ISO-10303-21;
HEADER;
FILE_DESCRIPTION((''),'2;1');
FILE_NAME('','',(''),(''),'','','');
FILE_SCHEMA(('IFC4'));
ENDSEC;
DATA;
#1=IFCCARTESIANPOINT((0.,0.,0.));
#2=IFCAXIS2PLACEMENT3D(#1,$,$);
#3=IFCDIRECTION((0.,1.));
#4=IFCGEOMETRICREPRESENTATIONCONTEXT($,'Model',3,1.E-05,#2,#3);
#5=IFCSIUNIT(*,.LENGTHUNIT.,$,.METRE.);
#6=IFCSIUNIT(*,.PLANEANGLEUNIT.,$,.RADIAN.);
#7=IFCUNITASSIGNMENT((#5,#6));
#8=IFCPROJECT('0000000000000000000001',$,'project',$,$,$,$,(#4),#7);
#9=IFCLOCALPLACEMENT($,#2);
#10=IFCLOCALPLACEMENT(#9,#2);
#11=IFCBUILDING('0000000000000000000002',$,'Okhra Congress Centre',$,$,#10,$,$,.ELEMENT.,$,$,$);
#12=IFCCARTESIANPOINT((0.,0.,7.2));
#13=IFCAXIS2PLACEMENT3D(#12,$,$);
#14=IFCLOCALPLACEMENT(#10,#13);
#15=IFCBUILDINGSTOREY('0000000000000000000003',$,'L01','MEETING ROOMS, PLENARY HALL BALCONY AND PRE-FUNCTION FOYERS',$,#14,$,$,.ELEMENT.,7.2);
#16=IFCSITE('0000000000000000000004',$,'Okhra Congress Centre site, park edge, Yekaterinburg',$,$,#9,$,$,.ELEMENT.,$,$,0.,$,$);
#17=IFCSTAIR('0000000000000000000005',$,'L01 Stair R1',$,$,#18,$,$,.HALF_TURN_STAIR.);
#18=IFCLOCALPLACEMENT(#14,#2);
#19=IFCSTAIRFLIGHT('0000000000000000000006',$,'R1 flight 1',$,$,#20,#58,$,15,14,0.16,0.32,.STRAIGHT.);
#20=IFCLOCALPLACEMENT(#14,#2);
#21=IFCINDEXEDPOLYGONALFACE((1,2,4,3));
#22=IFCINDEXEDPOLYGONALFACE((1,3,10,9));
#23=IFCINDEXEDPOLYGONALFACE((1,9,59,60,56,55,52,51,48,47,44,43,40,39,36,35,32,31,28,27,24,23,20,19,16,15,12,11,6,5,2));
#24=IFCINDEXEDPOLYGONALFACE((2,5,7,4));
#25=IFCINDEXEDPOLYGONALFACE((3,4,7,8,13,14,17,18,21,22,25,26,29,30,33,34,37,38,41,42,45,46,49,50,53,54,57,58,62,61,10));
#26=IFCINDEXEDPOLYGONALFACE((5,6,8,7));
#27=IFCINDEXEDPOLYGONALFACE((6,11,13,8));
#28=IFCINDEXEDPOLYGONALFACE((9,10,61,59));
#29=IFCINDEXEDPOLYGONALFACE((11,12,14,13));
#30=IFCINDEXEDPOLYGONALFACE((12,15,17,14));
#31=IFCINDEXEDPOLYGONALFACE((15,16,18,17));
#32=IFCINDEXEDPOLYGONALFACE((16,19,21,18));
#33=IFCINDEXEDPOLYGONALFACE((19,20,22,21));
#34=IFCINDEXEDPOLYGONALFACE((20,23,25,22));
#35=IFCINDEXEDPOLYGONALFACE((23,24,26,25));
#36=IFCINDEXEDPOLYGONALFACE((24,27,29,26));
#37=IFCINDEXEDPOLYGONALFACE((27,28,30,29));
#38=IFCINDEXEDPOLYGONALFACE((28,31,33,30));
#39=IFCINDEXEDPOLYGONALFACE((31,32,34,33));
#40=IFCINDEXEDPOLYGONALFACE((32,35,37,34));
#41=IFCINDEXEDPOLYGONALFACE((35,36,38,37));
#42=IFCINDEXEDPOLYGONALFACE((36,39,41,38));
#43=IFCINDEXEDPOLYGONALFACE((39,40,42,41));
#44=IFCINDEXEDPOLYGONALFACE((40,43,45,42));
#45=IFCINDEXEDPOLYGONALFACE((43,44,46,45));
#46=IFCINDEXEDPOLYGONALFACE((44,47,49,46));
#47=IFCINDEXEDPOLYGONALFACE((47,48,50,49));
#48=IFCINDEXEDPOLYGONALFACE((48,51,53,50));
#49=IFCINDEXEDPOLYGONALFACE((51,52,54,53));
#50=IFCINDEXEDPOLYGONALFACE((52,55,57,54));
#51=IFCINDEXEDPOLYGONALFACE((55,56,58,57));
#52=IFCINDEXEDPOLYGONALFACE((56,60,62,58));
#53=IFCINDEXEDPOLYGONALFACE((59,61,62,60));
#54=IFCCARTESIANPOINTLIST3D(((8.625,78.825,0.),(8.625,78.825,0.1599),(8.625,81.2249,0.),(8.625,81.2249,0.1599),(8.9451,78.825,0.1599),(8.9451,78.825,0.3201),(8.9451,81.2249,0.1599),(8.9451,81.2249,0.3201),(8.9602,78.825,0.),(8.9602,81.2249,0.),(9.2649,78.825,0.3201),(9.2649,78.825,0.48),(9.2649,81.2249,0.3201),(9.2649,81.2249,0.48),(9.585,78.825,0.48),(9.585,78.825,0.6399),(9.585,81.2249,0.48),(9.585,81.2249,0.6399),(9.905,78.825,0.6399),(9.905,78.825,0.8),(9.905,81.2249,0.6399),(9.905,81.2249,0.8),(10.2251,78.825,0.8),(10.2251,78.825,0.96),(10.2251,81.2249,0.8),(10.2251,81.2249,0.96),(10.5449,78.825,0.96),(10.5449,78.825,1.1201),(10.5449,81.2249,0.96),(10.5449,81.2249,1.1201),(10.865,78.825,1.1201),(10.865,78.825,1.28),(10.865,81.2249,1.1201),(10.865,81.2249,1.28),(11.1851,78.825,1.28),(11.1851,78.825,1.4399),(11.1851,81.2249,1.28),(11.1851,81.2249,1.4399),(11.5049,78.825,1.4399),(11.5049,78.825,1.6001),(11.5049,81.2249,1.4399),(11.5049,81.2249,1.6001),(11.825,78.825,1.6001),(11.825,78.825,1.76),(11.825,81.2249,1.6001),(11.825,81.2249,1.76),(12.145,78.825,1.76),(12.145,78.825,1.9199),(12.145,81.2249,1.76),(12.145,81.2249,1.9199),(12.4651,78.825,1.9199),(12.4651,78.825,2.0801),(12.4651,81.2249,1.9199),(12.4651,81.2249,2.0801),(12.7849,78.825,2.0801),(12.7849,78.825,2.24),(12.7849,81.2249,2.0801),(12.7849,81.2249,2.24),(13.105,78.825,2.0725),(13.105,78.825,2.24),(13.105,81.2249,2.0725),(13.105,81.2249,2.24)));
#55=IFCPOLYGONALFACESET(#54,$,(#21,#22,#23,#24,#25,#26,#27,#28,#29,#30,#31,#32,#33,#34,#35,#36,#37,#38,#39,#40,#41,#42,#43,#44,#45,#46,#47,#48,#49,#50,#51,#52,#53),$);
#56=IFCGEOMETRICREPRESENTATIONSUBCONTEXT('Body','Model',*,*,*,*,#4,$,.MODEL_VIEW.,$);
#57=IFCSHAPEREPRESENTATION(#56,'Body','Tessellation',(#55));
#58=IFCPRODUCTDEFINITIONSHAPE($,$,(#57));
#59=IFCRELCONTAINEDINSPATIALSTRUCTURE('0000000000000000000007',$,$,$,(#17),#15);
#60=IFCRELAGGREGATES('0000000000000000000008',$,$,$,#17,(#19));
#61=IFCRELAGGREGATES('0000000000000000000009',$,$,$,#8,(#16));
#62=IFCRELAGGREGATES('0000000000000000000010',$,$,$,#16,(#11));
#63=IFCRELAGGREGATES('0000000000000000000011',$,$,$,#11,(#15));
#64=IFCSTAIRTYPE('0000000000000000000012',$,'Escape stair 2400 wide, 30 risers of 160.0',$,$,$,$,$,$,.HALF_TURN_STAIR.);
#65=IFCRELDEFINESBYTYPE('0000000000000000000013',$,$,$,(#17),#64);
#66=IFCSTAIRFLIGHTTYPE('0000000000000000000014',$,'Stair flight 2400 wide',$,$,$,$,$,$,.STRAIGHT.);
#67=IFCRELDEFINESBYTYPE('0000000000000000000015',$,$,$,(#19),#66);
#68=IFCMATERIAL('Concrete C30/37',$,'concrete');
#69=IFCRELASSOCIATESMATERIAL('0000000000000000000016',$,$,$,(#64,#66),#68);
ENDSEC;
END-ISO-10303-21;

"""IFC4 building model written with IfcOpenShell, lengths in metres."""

from ifc_helpers import new_model, si_unit, direction, frame, origin, place, context, subcontext, project, spatial, polyline, outline, extrude, material, type_object, element, aggregate, save


model = new_model("IFC4")

# Units and contexts
model_context = context("Model", 3, precision=1e-05, world=origin(), true_north=direction((0.0, 1.0)))
body_context = subcontext(model_context, "Body", "Model", "MODEL_VIEW")
ifc_project = project(units=[si_unit("LENGTHUNIT", "METRE"), si_unit("PLANEANGLEUNIT", "RADIAN")], contexts=[model_context])

# Site, building, storey
site_placement = place(None, origin())
site = spatial("IfcSite", under=ifc_project, at=site_placement, Name="Okhra Congress Centre site, park edge, Yekaterinburg", CompositionType="ELEMENT", RefElevation=0.0)
building_placement = place(site_placement, origin())
building = spatial("IfcBuilding", under=site, at=building_placement, Name="Okhra Congress Centre", CompositionType="ELEMENT")
storey_placement = place(building_placement, frame((0.0, 0.0, 7.2)))
storey = spatial("IfcBuildingStorey", under=building, at=storey_placement, Name="L01", Description="MEETING ROOMS, PLENARY HALL BALCONY AND PRE-FUNCTION FOYERS", CompositionType="ELEMENT", Elevation=7.2)

# Stair, stair flight
ifc_material_1 = material(Name="Concrete C30/37", Category="concrete")
stair_type = type_object("IfcStairType", Name="Escape stair 2400 wide, 30 risers of 160.0", PredefinedType="HALF_TURN_STAIR", material=ifc_material_1)
stair_placement = place(storey_placement, origin())
stair = element("IfcStair", 1, at=stair_placement, inside=storey, type_object=stair_type, Name="L01 Stair R1", PredefinedType="HALF_TURN_STAIR")
stair_flight_type = type_object("IfcStairFlightType", Name="Stair flight 2400 wide", PredefinedType="STRAIGHT", material=ifc_material_1)
stair_flight_placement = place(storey_placement, frame((8.625, 80.0249, 0.0), z_axis=(0.0, 0.0, 1.0), x_axis=(1.0, 0.0, 0.0)))
stair_flight = element("IfcStairFlight", 2, at=stair_flight_placement, type_object=stair_flight_type, Name="R1 flight 1", NumberOfRisers=15, NumberOfTreads=14, PredefinedType="STRAIGHT", RiserHeight=0.16, TreadLength=0.32, context=body_context, shape_type="SweptSolid", body=[
    extrude(outline(polyline([(0.0, 0.0), (0.0, 0.1599), (0.3201, 0.1599), (0.3201, 0.3201), (0.6399, 0.3201), (0.6399, 0.48), (0.96, 0.48), (0.96, 0.6399), (1.28, 0.6399), (1.28, 0.8), (1.6001, 0.8), (1.6001, 0.96), (1.9199, 0.96), (1.9199, 1.1201), (2.24, 1.1201), (2.24, 1.28), (2.5601, 1.28), (2.5601, 1.4399), (2.8799, 1.4399), (2.8799, 1.6001), (3.2, 1.6001), (3.2, 1.76), (3.52, 1.76), (3.52, 1.9199), (3.8401, 1.9199), (3.8401, 2.0801), (4.1599, 2.0801), (4.1599, 2.24), (4.48, 2.24), (4.48, 2.3999), (4.48, 2.0725), (0.3352, 0.0), (0.0, 0.0)])), frame((0.0, 1.2, 0.0), z_axis=(0.0, -1.0, 0.0), x_axis=(1.0, 0.0, 0.0)), (0.0, 0.0, 1.0), 2.3999),
])
aggregate(stair, [stair_flight])

save(model, "model.ifc")
